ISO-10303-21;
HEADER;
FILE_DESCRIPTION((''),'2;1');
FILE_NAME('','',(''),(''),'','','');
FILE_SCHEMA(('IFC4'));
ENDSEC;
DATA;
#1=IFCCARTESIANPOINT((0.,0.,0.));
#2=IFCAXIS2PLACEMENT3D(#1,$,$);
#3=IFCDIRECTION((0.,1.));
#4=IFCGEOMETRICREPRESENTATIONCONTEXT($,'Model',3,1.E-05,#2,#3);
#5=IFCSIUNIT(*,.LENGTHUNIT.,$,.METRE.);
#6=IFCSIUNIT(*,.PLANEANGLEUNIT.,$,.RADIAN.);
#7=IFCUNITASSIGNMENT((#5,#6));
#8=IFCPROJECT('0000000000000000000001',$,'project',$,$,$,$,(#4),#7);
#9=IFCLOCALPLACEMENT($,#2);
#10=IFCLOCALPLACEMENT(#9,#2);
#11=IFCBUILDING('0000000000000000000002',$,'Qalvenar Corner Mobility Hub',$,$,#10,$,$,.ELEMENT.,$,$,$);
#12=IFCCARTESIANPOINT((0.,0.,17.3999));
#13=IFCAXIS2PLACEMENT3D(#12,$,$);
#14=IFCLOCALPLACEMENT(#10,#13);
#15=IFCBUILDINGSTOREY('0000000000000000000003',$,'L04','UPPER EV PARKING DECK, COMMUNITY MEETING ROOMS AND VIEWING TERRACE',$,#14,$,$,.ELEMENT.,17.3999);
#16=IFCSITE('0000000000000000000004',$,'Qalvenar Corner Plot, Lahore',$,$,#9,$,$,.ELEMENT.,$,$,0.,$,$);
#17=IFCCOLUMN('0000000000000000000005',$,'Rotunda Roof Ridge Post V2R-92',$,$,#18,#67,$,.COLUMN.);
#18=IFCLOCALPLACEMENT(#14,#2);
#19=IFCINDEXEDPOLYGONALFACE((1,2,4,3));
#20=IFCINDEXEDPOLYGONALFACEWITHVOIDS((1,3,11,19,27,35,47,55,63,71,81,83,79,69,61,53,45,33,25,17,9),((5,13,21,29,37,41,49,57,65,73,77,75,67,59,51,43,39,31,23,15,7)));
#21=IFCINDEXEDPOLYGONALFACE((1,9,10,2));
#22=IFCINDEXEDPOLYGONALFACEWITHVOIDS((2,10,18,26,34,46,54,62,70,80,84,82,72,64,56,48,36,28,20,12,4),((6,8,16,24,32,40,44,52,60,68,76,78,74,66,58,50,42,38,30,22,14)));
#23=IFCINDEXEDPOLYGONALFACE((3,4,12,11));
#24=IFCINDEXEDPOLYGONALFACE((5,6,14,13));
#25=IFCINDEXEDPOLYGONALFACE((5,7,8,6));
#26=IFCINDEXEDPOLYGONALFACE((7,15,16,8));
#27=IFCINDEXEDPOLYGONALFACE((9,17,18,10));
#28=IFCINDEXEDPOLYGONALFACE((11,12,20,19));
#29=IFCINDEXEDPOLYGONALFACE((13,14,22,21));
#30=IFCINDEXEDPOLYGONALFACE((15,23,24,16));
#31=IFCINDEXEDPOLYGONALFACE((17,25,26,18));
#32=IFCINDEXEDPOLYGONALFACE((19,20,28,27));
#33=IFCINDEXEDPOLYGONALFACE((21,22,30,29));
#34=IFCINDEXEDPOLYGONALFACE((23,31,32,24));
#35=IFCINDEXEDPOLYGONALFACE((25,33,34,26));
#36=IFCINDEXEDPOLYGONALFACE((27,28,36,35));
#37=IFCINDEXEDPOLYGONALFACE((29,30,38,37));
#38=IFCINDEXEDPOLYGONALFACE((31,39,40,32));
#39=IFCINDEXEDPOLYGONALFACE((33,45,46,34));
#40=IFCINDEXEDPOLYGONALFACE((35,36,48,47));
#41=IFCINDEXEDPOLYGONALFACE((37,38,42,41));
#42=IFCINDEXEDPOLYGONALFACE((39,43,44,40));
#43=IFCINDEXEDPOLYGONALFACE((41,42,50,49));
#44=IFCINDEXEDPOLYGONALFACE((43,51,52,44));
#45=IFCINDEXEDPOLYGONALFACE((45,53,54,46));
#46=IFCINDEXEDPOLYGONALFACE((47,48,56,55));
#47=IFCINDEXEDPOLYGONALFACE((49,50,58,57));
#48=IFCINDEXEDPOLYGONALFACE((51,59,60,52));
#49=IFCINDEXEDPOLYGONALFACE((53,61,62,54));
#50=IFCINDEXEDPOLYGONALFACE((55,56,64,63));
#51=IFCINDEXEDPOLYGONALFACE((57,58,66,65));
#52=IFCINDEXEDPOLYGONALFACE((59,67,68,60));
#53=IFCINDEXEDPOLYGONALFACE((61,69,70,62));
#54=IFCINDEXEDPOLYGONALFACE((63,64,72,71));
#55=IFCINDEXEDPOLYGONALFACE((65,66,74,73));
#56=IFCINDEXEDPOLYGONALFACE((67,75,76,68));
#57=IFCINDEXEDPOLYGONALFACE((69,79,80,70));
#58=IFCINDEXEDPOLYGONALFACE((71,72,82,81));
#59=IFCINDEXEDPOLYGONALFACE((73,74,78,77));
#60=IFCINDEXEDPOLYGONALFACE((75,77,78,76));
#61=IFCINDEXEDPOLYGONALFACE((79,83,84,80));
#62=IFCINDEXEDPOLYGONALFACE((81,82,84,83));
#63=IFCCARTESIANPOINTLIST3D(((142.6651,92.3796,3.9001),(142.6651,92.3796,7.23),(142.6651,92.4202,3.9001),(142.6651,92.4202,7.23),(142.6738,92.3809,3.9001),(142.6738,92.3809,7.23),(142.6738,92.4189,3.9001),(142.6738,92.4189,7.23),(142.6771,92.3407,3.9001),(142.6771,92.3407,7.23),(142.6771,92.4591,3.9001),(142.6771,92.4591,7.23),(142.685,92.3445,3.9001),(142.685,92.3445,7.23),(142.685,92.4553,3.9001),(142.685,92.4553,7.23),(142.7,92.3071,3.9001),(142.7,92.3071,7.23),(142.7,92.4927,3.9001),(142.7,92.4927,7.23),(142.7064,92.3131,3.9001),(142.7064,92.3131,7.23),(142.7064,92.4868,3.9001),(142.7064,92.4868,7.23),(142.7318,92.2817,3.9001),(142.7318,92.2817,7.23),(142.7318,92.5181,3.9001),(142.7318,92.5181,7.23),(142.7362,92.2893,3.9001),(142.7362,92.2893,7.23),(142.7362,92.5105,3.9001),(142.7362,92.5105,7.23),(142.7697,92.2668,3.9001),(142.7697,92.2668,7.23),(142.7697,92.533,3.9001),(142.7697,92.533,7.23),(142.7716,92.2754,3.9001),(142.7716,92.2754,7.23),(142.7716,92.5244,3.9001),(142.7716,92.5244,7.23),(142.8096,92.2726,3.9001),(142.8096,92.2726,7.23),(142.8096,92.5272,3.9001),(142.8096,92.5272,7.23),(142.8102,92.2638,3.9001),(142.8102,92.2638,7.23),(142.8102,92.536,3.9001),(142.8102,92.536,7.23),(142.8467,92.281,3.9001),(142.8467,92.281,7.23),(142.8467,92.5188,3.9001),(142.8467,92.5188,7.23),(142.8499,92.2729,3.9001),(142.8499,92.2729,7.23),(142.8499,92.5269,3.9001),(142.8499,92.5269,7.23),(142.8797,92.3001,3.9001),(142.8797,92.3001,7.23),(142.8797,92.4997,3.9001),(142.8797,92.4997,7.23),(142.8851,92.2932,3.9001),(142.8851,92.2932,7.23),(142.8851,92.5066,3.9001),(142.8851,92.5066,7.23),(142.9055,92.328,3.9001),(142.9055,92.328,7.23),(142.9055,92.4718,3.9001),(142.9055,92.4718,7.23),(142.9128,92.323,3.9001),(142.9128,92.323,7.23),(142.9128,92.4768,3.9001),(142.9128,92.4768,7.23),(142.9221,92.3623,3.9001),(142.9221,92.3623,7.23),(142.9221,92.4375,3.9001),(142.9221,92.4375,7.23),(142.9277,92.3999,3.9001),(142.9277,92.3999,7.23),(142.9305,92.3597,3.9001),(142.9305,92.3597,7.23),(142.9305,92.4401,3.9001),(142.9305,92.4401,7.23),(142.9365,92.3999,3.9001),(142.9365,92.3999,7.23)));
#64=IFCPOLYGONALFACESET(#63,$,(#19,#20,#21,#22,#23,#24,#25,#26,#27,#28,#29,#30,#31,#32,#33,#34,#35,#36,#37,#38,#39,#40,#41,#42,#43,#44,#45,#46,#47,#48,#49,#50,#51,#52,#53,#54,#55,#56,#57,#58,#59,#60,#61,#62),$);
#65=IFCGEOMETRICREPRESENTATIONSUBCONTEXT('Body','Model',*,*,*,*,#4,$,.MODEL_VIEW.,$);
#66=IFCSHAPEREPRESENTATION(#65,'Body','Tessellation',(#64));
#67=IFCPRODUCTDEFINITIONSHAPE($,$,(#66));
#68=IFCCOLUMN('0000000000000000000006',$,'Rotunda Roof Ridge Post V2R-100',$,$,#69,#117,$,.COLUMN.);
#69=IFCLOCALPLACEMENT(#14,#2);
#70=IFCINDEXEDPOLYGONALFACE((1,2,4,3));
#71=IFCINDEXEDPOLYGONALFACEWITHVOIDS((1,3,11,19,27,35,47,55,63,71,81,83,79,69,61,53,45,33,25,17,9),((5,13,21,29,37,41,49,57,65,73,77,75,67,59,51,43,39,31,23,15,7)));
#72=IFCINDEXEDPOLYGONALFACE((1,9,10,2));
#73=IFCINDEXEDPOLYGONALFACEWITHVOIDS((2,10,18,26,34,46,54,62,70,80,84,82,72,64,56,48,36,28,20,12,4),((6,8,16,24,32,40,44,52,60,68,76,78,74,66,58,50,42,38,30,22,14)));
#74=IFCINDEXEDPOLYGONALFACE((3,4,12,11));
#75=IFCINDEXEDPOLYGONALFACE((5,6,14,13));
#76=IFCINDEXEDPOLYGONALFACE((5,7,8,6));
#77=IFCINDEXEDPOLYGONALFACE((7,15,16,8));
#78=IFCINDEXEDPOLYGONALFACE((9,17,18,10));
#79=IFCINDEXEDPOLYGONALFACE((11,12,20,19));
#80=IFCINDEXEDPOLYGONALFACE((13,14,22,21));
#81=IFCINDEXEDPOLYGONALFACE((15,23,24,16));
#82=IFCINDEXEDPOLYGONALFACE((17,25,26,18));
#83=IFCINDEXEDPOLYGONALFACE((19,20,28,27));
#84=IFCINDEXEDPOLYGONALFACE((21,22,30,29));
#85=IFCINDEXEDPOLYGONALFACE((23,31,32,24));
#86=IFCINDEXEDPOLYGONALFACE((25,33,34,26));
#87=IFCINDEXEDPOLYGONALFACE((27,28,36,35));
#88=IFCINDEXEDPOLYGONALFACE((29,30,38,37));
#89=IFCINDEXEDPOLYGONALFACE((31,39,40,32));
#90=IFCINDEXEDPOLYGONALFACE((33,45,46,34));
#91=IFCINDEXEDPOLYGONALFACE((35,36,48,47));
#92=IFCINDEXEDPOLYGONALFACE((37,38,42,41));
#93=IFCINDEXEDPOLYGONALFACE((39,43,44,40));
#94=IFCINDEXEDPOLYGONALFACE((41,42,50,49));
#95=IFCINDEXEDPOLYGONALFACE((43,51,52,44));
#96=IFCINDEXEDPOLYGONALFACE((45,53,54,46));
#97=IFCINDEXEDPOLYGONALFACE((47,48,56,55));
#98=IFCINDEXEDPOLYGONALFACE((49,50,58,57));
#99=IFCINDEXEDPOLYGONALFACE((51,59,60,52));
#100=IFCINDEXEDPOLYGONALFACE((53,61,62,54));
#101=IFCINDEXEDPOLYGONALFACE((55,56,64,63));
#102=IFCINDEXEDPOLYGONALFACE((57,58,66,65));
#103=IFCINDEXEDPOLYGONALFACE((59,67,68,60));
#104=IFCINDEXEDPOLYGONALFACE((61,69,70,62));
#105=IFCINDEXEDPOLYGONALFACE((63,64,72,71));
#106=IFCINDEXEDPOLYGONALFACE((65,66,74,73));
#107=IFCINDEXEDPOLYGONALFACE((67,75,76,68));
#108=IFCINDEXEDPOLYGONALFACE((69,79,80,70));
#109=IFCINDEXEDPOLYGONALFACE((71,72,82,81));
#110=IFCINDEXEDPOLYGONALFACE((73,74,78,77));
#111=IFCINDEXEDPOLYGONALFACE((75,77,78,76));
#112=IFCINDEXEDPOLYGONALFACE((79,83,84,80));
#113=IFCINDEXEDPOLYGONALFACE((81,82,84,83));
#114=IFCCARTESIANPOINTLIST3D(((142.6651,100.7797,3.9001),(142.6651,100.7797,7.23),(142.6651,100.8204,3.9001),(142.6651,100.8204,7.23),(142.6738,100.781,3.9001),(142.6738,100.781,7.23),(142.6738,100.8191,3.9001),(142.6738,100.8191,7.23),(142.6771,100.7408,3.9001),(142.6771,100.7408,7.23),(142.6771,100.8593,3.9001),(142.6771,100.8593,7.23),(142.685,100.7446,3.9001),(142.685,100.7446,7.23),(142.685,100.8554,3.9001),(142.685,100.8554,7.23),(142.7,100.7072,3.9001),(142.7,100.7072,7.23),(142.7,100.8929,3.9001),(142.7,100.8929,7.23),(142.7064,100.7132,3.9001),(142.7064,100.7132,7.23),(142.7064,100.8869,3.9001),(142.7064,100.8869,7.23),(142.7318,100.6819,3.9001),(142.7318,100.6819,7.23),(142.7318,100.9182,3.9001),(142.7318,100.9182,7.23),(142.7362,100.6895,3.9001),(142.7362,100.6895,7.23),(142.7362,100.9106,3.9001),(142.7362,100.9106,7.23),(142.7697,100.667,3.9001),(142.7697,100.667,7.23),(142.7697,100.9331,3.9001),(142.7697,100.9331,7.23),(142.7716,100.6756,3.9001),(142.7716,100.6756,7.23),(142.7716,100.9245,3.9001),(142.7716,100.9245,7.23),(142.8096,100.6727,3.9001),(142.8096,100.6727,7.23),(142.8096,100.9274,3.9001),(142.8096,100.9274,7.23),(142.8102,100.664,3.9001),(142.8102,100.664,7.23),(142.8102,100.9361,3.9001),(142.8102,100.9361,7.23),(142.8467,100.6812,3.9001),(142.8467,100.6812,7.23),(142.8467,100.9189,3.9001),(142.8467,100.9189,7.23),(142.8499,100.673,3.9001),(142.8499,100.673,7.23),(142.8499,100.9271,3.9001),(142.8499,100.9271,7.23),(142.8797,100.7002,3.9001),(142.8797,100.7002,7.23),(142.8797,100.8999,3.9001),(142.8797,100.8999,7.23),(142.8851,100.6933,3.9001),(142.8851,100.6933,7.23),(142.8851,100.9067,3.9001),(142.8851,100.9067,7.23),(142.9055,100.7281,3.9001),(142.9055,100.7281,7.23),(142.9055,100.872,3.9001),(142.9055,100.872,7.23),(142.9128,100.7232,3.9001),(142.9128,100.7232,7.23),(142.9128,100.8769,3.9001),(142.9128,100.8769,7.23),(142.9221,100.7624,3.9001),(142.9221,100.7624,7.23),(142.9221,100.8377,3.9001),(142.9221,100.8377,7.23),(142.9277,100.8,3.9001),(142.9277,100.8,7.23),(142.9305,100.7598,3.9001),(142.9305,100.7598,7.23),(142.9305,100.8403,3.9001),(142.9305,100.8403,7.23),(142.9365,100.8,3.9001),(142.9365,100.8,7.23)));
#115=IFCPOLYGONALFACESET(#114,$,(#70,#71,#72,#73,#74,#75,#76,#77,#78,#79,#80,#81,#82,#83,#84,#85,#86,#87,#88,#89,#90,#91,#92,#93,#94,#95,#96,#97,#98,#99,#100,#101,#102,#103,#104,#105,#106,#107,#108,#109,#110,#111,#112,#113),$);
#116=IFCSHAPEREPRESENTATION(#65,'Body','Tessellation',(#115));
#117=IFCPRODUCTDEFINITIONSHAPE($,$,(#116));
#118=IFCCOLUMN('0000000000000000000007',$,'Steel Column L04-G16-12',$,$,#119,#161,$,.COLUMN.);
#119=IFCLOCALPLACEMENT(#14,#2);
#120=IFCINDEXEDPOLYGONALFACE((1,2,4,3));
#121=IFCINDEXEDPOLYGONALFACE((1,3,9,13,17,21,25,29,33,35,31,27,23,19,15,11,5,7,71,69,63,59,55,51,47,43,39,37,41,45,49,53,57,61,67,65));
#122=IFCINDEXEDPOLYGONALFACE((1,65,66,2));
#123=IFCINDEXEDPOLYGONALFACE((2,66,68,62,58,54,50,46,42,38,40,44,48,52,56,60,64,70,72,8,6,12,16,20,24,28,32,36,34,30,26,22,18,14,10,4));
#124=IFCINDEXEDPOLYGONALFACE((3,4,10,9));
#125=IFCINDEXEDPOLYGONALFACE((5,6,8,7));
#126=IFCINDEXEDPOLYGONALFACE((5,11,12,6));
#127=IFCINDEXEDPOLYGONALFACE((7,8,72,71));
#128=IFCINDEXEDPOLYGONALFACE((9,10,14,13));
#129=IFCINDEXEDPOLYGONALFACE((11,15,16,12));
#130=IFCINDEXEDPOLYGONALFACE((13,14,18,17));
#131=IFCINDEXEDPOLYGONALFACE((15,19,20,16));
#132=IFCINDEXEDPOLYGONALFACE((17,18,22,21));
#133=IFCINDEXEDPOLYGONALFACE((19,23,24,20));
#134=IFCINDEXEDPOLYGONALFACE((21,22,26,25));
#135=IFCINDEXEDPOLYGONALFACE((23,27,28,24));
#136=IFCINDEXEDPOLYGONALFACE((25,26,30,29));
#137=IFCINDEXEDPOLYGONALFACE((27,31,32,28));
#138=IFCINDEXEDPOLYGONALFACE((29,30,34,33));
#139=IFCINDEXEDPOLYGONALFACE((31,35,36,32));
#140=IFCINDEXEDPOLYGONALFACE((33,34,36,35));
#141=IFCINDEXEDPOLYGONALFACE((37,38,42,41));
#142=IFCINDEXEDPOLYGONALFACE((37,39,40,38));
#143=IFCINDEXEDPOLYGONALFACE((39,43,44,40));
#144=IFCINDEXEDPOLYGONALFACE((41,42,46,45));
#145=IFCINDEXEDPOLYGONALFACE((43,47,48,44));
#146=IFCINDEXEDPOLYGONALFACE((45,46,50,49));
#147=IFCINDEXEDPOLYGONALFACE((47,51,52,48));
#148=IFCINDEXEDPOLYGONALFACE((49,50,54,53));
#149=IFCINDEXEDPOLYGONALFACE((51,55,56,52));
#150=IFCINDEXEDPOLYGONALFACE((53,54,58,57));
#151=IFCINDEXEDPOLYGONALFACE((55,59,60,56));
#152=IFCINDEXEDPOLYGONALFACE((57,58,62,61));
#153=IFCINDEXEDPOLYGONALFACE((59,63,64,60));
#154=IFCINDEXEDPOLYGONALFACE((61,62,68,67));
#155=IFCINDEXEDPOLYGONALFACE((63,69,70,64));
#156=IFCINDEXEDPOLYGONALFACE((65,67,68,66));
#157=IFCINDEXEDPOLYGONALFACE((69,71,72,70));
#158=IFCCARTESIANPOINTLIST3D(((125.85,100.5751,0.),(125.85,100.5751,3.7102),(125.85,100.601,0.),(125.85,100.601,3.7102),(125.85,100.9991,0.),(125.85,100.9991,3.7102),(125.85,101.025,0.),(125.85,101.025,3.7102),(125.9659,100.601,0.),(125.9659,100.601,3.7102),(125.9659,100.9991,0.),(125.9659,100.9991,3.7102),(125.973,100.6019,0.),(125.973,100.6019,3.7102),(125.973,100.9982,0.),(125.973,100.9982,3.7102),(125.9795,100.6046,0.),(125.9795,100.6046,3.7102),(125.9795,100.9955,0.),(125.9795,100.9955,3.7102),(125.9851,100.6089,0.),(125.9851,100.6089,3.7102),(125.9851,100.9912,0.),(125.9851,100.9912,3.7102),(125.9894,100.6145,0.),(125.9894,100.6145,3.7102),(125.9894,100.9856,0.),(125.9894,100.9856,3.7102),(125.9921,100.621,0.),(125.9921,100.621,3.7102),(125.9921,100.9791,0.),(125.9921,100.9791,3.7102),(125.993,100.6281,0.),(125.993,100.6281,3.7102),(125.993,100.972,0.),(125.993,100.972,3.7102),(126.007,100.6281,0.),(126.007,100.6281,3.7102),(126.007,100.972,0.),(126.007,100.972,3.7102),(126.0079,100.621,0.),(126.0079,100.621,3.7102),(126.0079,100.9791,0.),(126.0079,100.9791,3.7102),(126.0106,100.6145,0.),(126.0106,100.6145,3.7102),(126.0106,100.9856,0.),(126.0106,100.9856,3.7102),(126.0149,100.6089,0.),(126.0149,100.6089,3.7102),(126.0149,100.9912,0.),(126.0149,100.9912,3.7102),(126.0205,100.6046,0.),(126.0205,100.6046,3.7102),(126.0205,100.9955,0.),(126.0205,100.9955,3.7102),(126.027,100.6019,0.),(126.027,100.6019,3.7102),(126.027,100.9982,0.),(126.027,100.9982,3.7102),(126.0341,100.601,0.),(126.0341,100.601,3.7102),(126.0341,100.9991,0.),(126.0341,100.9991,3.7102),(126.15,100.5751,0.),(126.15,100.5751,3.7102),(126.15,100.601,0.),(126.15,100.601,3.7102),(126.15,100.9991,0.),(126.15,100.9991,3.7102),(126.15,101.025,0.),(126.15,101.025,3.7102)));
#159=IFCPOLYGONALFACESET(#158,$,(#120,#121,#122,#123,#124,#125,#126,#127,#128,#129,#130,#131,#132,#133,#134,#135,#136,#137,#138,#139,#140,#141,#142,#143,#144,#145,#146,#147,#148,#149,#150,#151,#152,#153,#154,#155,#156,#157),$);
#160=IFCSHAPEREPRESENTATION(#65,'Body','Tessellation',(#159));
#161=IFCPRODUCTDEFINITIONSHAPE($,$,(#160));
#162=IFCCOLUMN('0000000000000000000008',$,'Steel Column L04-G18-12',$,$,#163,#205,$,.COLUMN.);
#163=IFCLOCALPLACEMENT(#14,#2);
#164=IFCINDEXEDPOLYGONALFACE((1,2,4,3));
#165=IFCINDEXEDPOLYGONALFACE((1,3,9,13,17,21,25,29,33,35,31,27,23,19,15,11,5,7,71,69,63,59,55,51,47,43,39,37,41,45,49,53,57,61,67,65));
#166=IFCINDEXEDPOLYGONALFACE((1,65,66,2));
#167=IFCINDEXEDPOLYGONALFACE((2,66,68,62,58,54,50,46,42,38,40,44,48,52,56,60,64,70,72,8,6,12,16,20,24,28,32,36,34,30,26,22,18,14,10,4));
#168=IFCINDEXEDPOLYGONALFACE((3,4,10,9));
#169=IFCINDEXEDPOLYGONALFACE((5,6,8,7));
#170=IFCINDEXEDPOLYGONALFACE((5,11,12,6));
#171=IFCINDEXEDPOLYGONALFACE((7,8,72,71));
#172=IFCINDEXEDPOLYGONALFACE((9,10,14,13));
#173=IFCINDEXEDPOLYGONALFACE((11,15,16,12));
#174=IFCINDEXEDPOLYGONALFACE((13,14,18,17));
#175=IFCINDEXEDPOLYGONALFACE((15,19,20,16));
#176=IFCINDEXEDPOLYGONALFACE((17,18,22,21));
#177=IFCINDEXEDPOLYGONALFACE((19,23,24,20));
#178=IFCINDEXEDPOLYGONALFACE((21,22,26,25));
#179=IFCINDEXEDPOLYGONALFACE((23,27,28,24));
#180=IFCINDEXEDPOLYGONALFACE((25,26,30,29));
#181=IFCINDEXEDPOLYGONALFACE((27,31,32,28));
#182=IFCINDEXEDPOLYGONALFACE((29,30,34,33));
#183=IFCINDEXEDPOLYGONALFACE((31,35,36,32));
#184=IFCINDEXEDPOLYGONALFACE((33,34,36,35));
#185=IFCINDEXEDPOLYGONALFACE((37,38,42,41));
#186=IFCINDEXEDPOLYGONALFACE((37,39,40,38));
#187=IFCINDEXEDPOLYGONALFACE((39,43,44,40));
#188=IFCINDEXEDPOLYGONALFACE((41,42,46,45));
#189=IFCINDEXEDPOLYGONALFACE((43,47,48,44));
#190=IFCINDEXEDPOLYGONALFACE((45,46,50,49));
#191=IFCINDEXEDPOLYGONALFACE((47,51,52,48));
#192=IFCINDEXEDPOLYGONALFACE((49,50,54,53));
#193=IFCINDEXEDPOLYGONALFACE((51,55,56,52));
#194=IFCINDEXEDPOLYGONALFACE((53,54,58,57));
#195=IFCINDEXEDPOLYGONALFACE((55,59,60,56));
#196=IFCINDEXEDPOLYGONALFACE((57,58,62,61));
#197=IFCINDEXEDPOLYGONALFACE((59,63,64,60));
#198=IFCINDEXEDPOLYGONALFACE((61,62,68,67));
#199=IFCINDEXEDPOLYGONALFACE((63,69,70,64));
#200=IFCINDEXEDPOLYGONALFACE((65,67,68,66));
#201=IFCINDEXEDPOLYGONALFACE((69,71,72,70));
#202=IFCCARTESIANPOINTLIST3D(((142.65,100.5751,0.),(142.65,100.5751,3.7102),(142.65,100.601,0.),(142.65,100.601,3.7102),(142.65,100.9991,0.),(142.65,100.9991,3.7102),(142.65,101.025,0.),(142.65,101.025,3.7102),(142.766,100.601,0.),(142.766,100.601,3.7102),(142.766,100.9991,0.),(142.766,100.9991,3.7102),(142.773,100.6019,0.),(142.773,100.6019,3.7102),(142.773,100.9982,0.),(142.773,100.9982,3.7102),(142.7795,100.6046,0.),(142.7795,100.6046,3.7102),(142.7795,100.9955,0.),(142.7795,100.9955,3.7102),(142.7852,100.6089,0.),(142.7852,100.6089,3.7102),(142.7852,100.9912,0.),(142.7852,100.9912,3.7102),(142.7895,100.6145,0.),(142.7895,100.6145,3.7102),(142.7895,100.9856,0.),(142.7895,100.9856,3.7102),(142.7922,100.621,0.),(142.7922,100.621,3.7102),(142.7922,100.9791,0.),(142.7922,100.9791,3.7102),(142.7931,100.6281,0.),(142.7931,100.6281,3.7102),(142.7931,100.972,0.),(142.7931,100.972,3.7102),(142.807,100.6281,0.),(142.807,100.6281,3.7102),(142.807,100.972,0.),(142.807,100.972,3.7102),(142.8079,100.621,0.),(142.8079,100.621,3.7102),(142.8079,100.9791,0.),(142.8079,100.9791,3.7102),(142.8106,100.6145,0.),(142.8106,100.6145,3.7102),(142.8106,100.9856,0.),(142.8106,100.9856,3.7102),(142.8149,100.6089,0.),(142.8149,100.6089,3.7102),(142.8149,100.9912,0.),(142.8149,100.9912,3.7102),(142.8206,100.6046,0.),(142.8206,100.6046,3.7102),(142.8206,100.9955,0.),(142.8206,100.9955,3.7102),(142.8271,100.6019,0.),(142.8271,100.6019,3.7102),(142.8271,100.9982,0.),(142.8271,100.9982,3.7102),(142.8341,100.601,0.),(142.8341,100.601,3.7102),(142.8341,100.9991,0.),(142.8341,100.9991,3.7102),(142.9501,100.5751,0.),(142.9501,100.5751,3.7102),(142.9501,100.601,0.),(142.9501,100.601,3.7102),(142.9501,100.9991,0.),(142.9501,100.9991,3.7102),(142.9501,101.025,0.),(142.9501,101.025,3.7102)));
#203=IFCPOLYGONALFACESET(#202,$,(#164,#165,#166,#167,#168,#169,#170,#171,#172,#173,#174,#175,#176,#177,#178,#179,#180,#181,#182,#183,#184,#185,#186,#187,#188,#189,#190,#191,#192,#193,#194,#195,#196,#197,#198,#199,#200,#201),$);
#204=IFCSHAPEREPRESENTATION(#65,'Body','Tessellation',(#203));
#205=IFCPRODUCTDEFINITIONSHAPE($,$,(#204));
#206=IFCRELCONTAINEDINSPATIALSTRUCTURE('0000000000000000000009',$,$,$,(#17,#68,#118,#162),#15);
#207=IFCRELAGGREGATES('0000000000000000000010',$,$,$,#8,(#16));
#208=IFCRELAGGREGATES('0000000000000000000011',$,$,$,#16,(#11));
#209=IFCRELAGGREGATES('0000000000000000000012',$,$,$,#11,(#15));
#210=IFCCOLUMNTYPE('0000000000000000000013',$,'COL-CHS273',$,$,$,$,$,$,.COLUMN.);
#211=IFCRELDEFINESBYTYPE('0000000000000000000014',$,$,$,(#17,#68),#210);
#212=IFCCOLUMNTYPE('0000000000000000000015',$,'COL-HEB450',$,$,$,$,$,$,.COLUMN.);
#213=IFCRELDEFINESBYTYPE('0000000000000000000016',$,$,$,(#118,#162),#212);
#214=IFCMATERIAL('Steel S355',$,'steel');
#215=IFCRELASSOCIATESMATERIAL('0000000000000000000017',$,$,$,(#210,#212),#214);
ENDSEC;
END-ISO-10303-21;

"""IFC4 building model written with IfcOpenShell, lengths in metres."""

from ifc_helpers import new_model, si_unit, direction, frame, origin, origin_2d, place, context, subcontext, project, spatial, hollow_circle, i_section, extrude, material, material_profile, profile_set, type_object, element, save


model = new_model("IFC4")

# Units and contexts
model_context = context("Model", 3, precision=1e-05, world=origin(), true_north=direction((0.0, 1.0)))
body_context = subcontext(model_context, "Body", "Model", "MODEL_VIEW")
ifc_project = project(units=[si_unit("LENGTHUNIT", "METRE"), si_unit("PLANEANGLEUNIT", "RADIAN")], contexts=[model_context])

# Site, building, storey
site_placement = place(None, origin())
site = spatial("IfcSite", under=ifc_project, at=site_placement, Name="Qalvenar Corner Plot, Lahore", CompositionType="ELEMENT", RefElevation=0.0)
building_placement = place(site_placement, origin())
building = spatial("IfcBuilding", under=site, at=building_placement, Name="Qalvenar Corner Mobility Hub", CompositionType="ELEMENT")
storey_placement = place(building_placement, frame((0.0, 0.0, 17.3999)))
storey = spatial("IfcBuildingStorey", under=building, at=storey_placement, Name="L04", Description="UPPER EV PARKING DECK, COMMUNITY MEETING ROOMS AND VIEWING TERRACE", CompositionType="ELEMENT", Elevation=17.3999)

# Columns
ifc_material_1 = material(Name="Steel S355", Category="steel")
ifc_material_profile_1 = material_profile(ifc_material_1, hollow_circle(Radius=0.1365, WallThickness=0.0088, at=origin_2d()), Name="CHS273x8.8")
ifc_profile_set_1 = profile_set([ifc_material_profile_1], Name="Steel S355")
column_type_1 = type_object("IfcColumnType", Name="COL-CHS273", PredefinedType="COLUMN", material=ifc_profile_set_1)
for number, where, z_axis, x_axis, name in (
    (1, (142.8, 92.3999, 3.9001), (0.0, 0.0, 1.0), (1.0, 0.0, 0.0), "Rotunda Roof Ridge Post V2R-92"),
    (2, (142.8, 100.8, 3.9001), (0.0, 0.0, 1.0), (1.0, 0.0, 0.0), "Rotunda Roof Ridge Post V2R-100"),
):
    element("IfcColumn", number, at=place(storey_placement, frame(where, z_axis=z_axis, x_axis=x_axis)), inside=storey, type_object=column_type_1, Name=name, PredefinedType="COLUMN", context=body_context, shape_type="SweptSolid", body=[
        extrude(hollow_circle(Radius=0.1365, WallThickness=0.0088, at=origin_2d()), origin(), (0.0, 0.0, 1.0), 3.3298),
    ])
ifc_material_profile_2 = material_profile(ifc_material_1, i_section(OverallWidth=0.3, OverallDepth=0.45, WebThickness=0.0139, FlangeThickness=0.0259, FilletRadius=0.0271, at=origin_2d()), Name="HEB450")
ifc_profile_set_2 = profile_set([ifc_material_profile_2], Name="Steel S355")
column_type_2 = type_object("IfcColumnType", Name="COL-HEB450", PredefinedType="COLUMN", material=ifc_profile_set_2)
for number, where, z_axis, x_axis, name in (
    (3, (126.0, 100.8, 0.0), (0.0, 0.0, 1.0), (1.0, 0.0, 0.0), "Steel Column L04-G16-12"),
    (4, (142.8, 100.8, 0.0), (0.0, 0.0, 1.0), (1.0, 0.0, 0.0), "Steel Column L04-G18-12"),
):
    element("IfcColumn", number, at=place(storey_placement, frame(where, z_axis=z_axis, x_axis=x_axis)), inside=storey, type_object=column_type_2, Name=name, PredefinedType="COLUMN", context=body_context, shape_type="SweptSolid", body=[
        extrude(i_section(OverallWidth=0.3, OverallDepth=0.45, WebThickness=0.0139, FlangeThickness=0.0259, FilletRadius=0.0271, at=origin_2d()), origin(), (0.0, 0.0, 1.0), 3.7102),
    ])

save(model, "model.ifc")
